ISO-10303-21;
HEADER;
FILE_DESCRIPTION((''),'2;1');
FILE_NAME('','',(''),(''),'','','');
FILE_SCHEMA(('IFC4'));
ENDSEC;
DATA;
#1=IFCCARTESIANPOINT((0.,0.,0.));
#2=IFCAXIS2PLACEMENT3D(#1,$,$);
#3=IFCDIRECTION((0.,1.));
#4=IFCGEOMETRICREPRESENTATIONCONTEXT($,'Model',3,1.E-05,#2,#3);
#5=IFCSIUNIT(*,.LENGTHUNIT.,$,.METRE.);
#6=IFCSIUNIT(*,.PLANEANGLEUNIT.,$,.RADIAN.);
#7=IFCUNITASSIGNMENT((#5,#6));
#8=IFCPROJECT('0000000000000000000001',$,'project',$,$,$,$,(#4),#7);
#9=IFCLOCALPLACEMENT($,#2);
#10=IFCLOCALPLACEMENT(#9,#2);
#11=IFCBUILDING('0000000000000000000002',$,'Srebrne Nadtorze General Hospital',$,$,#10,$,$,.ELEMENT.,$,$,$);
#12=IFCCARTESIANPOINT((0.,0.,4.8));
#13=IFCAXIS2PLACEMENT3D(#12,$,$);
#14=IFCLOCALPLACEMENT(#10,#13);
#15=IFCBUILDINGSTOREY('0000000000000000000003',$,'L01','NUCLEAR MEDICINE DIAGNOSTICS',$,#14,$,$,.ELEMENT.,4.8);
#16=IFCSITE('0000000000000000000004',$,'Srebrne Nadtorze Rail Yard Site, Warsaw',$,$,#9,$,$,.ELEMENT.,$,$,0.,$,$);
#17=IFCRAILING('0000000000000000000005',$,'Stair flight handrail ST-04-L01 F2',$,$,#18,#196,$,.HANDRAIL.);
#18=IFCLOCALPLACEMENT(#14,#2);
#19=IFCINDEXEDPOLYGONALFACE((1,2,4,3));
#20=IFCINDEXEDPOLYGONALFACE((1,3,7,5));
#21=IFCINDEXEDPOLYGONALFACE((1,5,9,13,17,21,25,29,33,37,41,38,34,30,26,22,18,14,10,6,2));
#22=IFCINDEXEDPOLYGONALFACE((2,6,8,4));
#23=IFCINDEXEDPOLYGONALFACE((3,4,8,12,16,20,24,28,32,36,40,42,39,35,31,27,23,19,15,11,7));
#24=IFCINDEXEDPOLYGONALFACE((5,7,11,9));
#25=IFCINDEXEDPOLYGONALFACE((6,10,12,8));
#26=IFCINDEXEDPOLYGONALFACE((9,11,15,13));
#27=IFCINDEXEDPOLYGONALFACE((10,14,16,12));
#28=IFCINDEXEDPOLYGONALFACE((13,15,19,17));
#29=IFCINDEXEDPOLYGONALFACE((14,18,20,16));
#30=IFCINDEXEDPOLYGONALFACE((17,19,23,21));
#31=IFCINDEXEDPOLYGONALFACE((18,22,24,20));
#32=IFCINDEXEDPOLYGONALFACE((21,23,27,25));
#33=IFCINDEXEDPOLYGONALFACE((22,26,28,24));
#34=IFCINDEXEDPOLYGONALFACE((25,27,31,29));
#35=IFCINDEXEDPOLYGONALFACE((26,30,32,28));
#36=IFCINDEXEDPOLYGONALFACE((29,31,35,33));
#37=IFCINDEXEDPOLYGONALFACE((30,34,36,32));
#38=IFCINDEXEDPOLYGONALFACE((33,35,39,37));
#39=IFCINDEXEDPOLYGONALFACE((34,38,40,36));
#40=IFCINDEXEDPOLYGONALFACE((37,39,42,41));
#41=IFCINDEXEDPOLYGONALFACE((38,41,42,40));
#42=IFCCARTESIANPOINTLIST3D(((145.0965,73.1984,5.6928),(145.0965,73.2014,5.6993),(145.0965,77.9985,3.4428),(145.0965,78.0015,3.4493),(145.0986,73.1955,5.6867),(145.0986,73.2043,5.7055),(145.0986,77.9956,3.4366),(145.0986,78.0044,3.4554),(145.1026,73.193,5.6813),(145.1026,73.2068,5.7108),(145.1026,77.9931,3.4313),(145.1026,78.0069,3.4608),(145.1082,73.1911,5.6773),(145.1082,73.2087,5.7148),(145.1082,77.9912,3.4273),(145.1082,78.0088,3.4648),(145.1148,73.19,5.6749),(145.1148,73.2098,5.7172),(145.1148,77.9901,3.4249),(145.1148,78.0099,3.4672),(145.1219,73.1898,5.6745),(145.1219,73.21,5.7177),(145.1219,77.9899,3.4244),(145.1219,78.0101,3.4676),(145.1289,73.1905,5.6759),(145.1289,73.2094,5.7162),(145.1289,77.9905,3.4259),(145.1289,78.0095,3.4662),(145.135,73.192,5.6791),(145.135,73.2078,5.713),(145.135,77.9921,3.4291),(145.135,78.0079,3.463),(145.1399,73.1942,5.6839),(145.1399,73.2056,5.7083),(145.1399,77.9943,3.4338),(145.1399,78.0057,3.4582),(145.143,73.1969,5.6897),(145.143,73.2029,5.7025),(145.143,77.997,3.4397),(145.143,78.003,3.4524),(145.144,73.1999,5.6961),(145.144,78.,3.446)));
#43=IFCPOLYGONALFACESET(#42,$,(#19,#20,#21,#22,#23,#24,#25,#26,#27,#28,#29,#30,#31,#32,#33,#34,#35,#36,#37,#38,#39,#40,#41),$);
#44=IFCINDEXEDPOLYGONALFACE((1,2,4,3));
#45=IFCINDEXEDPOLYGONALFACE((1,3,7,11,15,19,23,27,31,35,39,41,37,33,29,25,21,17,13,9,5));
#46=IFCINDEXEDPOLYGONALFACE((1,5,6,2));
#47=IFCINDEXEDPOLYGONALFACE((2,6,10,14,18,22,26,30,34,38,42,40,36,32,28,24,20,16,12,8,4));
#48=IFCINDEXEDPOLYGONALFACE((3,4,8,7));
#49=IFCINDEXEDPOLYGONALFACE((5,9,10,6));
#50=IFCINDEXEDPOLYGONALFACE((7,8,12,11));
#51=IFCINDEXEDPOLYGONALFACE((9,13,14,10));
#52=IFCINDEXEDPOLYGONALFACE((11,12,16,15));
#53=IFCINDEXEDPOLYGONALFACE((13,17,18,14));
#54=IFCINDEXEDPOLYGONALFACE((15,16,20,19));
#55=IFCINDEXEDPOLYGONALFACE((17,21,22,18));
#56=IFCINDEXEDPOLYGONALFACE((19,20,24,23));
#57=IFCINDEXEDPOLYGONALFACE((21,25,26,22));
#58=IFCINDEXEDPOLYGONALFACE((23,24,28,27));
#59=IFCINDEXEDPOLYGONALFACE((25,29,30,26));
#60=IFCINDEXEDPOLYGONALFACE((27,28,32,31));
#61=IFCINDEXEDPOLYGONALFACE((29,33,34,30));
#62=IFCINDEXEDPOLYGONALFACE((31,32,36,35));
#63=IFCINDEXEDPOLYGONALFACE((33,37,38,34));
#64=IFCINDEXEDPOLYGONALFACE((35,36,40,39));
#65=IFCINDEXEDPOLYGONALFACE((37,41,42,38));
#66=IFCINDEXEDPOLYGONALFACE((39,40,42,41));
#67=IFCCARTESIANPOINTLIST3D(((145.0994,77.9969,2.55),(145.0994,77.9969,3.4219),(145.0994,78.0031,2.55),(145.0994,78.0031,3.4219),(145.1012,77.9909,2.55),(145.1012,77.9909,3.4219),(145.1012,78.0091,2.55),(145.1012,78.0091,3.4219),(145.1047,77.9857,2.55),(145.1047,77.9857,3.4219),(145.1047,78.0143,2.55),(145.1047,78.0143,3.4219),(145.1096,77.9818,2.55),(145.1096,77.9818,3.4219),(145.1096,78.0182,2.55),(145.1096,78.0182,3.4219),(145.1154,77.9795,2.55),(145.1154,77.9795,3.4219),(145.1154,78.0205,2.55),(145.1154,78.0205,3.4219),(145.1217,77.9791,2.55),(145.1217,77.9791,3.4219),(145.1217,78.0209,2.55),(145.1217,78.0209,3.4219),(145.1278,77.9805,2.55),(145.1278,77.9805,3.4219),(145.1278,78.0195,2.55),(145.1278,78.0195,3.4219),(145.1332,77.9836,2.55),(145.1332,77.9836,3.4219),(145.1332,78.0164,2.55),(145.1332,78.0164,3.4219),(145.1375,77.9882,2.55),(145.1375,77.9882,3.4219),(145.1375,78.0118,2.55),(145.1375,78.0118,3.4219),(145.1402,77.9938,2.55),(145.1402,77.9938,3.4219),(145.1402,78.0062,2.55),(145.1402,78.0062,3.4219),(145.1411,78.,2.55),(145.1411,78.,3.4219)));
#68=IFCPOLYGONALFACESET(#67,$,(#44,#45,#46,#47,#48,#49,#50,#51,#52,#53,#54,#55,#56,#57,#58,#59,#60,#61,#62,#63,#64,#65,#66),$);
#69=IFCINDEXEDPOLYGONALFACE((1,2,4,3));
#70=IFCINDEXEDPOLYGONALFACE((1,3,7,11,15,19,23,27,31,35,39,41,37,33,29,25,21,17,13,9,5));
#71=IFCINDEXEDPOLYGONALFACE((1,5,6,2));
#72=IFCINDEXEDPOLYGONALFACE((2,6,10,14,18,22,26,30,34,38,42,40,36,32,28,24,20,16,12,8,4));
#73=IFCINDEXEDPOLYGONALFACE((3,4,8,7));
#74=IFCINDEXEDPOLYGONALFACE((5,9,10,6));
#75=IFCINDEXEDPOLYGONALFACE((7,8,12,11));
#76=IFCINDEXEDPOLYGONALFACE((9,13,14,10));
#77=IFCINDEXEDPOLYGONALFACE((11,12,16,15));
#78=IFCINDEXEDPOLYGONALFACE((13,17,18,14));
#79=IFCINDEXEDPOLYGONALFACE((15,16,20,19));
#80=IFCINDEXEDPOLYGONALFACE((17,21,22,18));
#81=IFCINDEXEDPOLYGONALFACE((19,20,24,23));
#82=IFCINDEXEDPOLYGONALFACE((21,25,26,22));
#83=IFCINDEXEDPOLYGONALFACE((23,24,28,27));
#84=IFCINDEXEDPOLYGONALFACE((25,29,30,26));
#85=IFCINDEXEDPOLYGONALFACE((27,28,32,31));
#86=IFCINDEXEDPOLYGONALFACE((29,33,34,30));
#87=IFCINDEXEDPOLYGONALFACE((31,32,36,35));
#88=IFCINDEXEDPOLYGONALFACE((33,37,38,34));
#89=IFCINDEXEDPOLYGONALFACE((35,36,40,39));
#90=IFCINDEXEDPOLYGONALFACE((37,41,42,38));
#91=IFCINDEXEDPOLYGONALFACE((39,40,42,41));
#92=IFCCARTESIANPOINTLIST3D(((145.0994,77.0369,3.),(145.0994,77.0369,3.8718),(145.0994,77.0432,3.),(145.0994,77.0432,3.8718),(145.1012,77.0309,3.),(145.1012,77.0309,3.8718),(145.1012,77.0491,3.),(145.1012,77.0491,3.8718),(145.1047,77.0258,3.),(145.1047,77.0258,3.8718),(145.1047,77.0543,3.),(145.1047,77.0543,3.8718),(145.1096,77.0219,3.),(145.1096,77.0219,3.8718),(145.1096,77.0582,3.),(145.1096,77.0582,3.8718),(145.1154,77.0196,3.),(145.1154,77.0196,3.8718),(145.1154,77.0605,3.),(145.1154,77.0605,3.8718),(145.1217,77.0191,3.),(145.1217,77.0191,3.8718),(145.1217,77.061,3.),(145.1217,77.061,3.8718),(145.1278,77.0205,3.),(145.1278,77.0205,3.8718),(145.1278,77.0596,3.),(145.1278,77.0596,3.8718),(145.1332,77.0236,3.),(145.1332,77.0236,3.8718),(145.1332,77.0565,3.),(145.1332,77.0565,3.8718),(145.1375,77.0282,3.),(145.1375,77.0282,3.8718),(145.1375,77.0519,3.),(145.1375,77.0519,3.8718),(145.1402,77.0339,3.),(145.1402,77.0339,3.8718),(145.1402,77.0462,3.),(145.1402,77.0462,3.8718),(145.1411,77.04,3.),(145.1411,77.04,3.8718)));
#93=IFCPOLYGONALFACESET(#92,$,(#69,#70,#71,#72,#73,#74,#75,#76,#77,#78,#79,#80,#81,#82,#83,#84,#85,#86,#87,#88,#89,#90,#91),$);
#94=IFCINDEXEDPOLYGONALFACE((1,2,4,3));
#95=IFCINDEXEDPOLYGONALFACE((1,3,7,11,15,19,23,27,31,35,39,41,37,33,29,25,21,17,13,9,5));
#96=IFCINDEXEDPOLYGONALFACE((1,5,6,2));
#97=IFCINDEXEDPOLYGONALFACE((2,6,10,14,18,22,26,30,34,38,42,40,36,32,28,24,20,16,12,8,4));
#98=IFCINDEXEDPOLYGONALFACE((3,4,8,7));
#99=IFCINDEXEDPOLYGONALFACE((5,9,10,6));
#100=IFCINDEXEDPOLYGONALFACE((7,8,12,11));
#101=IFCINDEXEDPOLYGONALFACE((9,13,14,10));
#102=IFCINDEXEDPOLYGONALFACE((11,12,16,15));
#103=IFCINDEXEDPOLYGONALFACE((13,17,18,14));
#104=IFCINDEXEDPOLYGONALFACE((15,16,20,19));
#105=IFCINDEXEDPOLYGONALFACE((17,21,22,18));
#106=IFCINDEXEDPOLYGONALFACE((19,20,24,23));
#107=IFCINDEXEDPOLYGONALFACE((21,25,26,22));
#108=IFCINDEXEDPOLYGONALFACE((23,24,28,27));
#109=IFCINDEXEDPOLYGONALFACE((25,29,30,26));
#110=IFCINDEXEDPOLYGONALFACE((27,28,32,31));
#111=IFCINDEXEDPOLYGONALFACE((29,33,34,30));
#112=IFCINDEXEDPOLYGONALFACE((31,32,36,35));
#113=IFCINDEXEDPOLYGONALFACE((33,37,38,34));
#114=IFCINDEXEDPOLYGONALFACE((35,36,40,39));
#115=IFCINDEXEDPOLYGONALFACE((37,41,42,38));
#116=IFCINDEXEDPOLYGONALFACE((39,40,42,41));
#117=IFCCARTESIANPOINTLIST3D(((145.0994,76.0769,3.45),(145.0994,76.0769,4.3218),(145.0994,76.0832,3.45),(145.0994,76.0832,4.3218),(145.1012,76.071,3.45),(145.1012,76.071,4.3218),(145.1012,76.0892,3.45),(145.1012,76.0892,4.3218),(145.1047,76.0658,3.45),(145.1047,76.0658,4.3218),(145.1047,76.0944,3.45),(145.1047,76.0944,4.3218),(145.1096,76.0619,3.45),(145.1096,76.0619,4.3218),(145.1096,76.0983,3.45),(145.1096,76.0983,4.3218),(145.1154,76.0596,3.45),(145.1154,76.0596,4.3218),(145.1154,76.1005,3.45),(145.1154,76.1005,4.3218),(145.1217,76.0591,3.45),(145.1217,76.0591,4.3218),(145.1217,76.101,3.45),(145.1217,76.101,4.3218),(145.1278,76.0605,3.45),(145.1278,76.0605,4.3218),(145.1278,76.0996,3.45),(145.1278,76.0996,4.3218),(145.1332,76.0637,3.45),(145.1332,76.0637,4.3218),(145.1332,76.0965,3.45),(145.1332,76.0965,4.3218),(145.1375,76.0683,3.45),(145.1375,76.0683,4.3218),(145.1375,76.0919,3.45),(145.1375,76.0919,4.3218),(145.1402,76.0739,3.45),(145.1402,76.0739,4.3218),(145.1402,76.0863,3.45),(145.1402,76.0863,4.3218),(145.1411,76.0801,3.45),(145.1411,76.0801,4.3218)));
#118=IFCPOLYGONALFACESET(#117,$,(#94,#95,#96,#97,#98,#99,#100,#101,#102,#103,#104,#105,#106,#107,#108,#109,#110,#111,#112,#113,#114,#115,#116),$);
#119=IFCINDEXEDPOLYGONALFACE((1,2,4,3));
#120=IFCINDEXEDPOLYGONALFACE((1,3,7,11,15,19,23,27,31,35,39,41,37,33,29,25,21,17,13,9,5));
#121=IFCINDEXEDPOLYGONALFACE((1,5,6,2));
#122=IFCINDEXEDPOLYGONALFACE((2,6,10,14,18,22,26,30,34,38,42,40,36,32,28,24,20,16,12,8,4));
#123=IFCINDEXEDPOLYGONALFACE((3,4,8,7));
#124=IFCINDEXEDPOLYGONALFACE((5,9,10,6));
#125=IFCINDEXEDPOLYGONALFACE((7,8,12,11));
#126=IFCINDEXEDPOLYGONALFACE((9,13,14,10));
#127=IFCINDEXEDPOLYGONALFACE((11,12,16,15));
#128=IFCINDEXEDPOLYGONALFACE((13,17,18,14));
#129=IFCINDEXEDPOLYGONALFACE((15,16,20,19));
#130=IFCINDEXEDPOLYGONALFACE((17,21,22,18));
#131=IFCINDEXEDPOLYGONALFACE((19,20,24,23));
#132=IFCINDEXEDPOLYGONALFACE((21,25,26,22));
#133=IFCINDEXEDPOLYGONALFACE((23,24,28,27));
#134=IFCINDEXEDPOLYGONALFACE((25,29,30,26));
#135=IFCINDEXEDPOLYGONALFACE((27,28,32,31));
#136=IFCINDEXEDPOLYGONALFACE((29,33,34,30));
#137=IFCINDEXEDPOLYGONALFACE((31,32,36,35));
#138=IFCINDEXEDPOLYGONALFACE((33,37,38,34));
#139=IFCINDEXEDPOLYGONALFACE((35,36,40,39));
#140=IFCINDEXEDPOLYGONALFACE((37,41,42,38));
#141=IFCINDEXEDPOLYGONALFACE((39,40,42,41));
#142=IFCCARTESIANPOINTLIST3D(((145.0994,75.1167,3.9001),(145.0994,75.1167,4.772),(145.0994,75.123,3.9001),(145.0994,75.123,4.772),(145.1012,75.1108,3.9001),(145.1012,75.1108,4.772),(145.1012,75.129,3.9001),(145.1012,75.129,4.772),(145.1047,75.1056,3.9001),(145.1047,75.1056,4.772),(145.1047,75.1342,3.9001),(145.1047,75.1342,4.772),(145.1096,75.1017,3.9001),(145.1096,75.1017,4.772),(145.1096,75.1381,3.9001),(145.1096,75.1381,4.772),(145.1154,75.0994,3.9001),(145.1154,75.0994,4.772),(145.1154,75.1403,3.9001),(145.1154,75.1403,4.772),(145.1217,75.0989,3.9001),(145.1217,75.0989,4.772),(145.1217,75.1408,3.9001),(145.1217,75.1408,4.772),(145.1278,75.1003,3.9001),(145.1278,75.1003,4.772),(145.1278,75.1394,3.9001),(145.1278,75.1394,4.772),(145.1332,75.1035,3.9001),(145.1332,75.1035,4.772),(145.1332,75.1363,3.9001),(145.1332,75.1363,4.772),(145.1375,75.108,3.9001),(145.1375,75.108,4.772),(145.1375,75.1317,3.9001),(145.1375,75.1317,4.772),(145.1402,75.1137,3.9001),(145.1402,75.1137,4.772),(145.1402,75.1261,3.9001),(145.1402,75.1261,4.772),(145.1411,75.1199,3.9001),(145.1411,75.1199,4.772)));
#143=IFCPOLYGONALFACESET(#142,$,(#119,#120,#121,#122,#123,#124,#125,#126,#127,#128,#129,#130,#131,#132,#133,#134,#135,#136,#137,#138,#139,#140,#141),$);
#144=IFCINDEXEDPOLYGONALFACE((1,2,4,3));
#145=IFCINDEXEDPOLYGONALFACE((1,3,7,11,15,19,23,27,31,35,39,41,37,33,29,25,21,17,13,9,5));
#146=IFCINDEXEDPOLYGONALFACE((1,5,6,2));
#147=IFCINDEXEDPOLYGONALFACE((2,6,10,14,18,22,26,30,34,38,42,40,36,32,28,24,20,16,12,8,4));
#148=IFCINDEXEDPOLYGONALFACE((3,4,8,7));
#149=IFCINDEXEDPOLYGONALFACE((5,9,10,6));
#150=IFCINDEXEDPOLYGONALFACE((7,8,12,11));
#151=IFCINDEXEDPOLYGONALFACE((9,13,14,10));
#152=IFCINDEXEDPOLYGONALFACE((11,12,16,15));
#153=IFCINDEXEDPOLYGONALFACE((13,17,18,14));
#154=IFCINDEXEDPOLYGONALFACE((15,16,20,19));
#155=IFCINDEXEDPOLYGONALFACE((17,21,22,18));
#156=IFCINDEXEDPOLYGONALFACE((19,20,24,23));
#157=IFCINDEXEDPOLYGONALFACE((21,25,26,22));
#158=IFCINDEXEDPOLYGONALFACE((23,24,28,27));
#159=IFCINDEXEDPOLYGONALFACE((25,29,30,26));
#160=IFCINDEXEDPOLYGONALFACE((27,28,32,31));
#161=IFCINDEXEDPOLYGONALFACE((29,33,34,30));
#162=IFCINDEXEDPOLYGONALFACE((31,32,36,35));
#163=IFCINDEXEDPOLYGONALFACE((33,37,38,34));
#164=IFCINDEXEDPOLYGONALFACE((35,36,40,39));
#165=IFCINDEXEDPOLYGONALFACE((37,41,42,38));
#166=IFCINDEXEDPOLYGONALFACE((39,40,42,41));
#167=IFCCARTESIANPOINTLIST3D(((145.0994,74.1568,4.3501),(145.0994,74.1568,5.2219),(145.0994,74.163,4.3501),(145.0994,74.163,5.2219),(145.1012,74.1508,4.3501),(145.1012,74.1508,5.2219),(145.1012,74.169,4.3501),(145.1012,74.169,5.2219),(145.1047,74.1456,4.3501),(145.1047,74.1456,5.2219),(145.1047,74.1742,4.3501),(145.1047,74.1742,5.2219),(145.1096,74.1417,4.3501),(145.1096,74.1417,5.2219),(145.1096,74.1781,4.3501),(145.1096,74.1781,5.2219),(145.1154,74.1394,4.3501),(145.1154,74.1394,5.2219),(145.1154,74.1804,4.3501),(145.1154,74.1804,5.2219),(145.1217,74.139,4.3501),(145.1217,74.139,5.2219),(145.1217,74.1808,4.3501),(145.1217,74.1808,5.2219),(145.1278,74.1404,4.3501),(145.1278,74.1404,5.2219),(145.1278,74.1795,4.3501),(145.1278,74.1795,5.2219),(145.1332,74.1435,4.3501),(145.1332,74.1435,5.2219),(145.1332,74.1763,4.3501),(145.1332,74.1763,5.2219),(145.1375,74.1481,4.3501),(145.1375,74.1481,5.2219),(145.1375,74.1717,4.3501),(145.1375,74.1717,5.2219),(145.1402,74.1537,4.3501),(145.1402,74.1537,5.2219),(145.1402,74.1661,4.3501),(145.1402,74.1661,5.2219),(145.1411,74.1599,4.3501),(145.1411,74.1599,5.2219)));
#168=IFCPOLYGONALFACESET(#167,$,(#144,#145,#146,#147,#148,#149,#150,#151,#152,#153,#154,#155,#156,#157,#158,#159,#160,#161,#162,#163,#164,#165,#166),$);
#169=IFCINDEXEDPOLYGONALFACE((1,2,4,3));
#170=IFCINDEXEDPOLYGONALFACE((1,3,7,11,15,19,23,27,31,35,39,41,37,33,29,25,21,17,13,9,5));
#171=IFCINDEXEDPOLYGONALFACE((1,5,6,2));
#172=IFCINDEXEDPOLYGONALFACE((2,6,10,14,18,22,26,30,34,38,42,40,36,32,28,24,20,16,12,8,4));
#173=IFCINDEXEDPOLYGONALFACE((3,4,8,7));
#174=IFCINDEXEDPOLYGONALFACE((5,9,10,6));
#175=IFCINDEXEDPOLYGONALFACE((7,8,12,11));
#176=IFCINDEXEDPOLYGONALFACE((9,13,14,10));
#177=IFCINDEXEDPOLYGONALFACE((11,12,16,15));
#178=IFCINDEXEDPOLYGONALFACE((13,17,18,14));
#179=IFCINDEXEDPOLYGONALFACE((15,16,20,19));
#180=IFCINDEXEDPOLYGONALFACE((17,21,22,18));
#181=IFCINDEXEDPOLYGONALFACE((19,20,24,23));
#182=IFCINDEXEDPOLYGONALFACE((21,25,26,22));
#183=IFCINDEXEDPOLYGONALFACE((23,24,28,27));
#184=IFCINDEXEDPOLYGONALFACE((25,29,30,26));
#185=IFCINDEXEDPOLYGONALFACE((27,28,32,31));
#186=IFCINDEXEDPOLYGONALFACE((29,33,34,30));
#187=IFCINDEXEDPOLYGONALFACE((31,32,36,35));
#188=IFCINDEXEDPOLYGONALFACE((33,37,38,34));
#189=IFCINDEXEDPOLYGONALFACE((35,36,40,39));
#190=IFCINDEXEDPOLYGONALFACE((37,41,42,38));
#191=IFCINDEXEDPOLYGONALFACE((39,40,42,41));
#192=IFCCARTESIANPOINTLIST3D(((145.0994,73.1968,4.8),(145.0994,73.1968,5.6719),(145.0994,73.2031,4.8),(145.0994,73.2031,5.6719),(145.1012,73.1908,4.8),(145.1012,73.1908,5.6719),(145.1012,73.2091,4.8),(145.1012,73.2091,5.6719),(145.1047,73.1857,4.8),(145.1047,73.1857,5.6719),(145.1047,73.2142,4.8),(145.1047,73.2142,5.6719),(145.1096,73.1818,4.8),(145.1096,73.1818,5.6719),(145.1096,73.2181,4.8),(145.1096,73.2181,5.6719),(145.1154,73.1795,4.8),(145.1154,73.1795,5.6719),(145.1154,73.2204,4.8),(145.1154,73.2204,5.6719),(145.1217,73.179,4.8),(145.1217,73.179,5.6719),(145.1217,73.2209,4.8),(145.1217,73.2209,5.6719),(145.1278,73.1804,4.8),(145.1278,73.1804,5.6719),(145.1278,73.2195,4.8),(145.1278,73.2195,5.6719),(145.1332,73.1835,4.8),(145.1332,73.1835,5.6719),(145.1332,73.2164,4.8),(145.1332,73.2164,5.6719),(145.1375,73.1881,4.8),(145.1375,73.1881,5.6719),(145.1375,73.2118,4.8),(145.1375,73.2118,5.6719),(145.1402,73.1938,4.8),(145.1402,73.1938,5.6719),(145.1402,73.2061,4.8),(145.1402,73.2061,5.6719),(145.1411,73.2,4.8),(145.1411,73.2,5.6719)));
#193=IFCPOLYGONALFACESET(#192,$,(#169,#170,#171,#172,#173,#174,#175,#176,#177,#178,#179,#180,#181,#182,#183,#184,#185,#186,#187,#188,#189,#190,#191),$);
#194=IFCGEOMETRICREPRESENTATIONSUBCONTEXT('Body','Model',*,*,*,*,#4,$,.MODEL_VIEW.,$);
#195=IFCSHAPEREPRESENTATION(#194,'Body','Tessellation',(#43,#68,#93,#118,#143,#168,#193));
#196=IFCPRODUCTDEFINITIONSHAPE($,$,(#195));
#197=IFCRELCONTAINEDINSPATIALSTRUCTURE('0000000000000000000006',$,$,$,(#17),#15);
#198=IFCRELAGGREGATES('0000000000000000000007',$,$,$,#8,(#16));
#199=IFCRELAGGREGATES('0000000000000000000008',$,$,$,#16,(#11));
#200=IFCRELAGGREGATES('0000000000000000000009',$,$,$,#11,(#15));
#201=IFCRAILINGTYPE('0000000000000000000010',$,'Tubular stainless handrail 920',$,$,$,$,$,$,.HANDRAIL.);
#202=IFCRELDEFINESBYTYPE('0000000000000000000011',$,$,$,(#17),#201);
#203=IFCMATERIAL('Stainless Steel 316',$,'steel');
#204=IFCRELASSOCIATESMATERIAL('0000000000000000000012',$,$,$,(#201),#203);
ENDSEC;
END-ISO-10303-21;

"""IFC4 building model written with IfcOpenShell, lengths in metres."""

from ifc_helpers import new_model, si_unit, direction, frame, origin, origin_2d, place, context, subcontext, project, spatial, circle, extrude, material, type_object, element, save


model = new_model("IFC4")

# Units and contexts
model_context = context("Model", 3, precision=1e-05, world=origin(), true_north=direction((0.0, 1.0)))
body_context = subcontext(model_context, "Body", "Model", "MODEL_VIEW")
ifc_project = project(units=[si_unit("LENGTHUNIT", "METRE"), si_unit("PLANEANGLEUNIT", "RADIAN")], contexts=[model_context])

# Site, building, storey
site_placement = place(None, origin())
site = spatial("IfcSite", under=ifc_project, at=site_placement, Name="Srebrne Nadtorze Rail Yard Site, Warsaw", CompositionType="ELEMENT", RefElevation=0.0)
building_placement = place(site_placement, origin())
building = spatial("IfcBuilding", under=site, at=building_placement, Name="Srebrne Nadtorze General Hospital", CompositionType="ELEMENT")
storey_placement = place(building_placement, frame((0.0, 0.0, 4.8)))
storey = spatial("IfcBuildingStorey", under=building, at=storey_placement, Name="L01", Description="NUCLEAR MEDICINE DIAGNOSTICS", CompositionType="ELEMENT", Elevation=4.8)

# Railing
ifc_material_1 = material(Name="Stainless Steel 316", Category="steel")
railing_type = type_object("IfcRailingType", Name="Tubular stainless handrail 920", PredefinedType="HANDRAIL", material=ifc_material_1)
railing_placement = place(storey_placement, frame((145.1201, 78.0, 2.55)))
element("IfcRailing", 1, at=railing_placement, inside=storey, type_object=railing_type, Name="Stair flight handrail ST-04-L01 F2", PredefinedType="HANDRAIL", context=body_context, shape_type="SweptSolid", body=[
    extrude(circle(Radius=0.0239, at=origin_2d()), frame((0.0, 0.0, 0.896), z_axis=(0.0, -0.905461, 0.42443), x_axis=(1.0, 0.0, 0.0)), (0.0, 0.0, 1.0), 5.3013),
    extrude(circle(Radius=0.021, at=origin_2d()), origin(), (0.0, 0.0, 1.0), 0.8718),
    extrude(circle(Radius=0.021, at=origin_2d()), frame((0.0, -0.96, 0.45)), (0.0, 0.0, 1.0), 0.8718),
    extrude(circle(Radius=0.021, at=origin_2d()), frame((0.0, -1.9199, 0.8999)), (0.0, 0.0, 1.0), 0.8718),
    extrude(circle(Radius=0.021, at=origin_2d()), frame((0.0, -2.8801, 1.3501)), (0.0, 0.0, 1.0), 0.8718),
    extrude(circle(Radius=0.021, at=origin_2d()), frame((0.0, -3.8401, 1.8)), (0.0, 0.0, 1.0), 0.8718),
    extrude(circle(Radius=0.021, at=origin_2d()), frame((0.0, -4.8, 2.25)), (0.0, 0.0, 1.0), 0.8718),
])

save(model, "model.ifc")
